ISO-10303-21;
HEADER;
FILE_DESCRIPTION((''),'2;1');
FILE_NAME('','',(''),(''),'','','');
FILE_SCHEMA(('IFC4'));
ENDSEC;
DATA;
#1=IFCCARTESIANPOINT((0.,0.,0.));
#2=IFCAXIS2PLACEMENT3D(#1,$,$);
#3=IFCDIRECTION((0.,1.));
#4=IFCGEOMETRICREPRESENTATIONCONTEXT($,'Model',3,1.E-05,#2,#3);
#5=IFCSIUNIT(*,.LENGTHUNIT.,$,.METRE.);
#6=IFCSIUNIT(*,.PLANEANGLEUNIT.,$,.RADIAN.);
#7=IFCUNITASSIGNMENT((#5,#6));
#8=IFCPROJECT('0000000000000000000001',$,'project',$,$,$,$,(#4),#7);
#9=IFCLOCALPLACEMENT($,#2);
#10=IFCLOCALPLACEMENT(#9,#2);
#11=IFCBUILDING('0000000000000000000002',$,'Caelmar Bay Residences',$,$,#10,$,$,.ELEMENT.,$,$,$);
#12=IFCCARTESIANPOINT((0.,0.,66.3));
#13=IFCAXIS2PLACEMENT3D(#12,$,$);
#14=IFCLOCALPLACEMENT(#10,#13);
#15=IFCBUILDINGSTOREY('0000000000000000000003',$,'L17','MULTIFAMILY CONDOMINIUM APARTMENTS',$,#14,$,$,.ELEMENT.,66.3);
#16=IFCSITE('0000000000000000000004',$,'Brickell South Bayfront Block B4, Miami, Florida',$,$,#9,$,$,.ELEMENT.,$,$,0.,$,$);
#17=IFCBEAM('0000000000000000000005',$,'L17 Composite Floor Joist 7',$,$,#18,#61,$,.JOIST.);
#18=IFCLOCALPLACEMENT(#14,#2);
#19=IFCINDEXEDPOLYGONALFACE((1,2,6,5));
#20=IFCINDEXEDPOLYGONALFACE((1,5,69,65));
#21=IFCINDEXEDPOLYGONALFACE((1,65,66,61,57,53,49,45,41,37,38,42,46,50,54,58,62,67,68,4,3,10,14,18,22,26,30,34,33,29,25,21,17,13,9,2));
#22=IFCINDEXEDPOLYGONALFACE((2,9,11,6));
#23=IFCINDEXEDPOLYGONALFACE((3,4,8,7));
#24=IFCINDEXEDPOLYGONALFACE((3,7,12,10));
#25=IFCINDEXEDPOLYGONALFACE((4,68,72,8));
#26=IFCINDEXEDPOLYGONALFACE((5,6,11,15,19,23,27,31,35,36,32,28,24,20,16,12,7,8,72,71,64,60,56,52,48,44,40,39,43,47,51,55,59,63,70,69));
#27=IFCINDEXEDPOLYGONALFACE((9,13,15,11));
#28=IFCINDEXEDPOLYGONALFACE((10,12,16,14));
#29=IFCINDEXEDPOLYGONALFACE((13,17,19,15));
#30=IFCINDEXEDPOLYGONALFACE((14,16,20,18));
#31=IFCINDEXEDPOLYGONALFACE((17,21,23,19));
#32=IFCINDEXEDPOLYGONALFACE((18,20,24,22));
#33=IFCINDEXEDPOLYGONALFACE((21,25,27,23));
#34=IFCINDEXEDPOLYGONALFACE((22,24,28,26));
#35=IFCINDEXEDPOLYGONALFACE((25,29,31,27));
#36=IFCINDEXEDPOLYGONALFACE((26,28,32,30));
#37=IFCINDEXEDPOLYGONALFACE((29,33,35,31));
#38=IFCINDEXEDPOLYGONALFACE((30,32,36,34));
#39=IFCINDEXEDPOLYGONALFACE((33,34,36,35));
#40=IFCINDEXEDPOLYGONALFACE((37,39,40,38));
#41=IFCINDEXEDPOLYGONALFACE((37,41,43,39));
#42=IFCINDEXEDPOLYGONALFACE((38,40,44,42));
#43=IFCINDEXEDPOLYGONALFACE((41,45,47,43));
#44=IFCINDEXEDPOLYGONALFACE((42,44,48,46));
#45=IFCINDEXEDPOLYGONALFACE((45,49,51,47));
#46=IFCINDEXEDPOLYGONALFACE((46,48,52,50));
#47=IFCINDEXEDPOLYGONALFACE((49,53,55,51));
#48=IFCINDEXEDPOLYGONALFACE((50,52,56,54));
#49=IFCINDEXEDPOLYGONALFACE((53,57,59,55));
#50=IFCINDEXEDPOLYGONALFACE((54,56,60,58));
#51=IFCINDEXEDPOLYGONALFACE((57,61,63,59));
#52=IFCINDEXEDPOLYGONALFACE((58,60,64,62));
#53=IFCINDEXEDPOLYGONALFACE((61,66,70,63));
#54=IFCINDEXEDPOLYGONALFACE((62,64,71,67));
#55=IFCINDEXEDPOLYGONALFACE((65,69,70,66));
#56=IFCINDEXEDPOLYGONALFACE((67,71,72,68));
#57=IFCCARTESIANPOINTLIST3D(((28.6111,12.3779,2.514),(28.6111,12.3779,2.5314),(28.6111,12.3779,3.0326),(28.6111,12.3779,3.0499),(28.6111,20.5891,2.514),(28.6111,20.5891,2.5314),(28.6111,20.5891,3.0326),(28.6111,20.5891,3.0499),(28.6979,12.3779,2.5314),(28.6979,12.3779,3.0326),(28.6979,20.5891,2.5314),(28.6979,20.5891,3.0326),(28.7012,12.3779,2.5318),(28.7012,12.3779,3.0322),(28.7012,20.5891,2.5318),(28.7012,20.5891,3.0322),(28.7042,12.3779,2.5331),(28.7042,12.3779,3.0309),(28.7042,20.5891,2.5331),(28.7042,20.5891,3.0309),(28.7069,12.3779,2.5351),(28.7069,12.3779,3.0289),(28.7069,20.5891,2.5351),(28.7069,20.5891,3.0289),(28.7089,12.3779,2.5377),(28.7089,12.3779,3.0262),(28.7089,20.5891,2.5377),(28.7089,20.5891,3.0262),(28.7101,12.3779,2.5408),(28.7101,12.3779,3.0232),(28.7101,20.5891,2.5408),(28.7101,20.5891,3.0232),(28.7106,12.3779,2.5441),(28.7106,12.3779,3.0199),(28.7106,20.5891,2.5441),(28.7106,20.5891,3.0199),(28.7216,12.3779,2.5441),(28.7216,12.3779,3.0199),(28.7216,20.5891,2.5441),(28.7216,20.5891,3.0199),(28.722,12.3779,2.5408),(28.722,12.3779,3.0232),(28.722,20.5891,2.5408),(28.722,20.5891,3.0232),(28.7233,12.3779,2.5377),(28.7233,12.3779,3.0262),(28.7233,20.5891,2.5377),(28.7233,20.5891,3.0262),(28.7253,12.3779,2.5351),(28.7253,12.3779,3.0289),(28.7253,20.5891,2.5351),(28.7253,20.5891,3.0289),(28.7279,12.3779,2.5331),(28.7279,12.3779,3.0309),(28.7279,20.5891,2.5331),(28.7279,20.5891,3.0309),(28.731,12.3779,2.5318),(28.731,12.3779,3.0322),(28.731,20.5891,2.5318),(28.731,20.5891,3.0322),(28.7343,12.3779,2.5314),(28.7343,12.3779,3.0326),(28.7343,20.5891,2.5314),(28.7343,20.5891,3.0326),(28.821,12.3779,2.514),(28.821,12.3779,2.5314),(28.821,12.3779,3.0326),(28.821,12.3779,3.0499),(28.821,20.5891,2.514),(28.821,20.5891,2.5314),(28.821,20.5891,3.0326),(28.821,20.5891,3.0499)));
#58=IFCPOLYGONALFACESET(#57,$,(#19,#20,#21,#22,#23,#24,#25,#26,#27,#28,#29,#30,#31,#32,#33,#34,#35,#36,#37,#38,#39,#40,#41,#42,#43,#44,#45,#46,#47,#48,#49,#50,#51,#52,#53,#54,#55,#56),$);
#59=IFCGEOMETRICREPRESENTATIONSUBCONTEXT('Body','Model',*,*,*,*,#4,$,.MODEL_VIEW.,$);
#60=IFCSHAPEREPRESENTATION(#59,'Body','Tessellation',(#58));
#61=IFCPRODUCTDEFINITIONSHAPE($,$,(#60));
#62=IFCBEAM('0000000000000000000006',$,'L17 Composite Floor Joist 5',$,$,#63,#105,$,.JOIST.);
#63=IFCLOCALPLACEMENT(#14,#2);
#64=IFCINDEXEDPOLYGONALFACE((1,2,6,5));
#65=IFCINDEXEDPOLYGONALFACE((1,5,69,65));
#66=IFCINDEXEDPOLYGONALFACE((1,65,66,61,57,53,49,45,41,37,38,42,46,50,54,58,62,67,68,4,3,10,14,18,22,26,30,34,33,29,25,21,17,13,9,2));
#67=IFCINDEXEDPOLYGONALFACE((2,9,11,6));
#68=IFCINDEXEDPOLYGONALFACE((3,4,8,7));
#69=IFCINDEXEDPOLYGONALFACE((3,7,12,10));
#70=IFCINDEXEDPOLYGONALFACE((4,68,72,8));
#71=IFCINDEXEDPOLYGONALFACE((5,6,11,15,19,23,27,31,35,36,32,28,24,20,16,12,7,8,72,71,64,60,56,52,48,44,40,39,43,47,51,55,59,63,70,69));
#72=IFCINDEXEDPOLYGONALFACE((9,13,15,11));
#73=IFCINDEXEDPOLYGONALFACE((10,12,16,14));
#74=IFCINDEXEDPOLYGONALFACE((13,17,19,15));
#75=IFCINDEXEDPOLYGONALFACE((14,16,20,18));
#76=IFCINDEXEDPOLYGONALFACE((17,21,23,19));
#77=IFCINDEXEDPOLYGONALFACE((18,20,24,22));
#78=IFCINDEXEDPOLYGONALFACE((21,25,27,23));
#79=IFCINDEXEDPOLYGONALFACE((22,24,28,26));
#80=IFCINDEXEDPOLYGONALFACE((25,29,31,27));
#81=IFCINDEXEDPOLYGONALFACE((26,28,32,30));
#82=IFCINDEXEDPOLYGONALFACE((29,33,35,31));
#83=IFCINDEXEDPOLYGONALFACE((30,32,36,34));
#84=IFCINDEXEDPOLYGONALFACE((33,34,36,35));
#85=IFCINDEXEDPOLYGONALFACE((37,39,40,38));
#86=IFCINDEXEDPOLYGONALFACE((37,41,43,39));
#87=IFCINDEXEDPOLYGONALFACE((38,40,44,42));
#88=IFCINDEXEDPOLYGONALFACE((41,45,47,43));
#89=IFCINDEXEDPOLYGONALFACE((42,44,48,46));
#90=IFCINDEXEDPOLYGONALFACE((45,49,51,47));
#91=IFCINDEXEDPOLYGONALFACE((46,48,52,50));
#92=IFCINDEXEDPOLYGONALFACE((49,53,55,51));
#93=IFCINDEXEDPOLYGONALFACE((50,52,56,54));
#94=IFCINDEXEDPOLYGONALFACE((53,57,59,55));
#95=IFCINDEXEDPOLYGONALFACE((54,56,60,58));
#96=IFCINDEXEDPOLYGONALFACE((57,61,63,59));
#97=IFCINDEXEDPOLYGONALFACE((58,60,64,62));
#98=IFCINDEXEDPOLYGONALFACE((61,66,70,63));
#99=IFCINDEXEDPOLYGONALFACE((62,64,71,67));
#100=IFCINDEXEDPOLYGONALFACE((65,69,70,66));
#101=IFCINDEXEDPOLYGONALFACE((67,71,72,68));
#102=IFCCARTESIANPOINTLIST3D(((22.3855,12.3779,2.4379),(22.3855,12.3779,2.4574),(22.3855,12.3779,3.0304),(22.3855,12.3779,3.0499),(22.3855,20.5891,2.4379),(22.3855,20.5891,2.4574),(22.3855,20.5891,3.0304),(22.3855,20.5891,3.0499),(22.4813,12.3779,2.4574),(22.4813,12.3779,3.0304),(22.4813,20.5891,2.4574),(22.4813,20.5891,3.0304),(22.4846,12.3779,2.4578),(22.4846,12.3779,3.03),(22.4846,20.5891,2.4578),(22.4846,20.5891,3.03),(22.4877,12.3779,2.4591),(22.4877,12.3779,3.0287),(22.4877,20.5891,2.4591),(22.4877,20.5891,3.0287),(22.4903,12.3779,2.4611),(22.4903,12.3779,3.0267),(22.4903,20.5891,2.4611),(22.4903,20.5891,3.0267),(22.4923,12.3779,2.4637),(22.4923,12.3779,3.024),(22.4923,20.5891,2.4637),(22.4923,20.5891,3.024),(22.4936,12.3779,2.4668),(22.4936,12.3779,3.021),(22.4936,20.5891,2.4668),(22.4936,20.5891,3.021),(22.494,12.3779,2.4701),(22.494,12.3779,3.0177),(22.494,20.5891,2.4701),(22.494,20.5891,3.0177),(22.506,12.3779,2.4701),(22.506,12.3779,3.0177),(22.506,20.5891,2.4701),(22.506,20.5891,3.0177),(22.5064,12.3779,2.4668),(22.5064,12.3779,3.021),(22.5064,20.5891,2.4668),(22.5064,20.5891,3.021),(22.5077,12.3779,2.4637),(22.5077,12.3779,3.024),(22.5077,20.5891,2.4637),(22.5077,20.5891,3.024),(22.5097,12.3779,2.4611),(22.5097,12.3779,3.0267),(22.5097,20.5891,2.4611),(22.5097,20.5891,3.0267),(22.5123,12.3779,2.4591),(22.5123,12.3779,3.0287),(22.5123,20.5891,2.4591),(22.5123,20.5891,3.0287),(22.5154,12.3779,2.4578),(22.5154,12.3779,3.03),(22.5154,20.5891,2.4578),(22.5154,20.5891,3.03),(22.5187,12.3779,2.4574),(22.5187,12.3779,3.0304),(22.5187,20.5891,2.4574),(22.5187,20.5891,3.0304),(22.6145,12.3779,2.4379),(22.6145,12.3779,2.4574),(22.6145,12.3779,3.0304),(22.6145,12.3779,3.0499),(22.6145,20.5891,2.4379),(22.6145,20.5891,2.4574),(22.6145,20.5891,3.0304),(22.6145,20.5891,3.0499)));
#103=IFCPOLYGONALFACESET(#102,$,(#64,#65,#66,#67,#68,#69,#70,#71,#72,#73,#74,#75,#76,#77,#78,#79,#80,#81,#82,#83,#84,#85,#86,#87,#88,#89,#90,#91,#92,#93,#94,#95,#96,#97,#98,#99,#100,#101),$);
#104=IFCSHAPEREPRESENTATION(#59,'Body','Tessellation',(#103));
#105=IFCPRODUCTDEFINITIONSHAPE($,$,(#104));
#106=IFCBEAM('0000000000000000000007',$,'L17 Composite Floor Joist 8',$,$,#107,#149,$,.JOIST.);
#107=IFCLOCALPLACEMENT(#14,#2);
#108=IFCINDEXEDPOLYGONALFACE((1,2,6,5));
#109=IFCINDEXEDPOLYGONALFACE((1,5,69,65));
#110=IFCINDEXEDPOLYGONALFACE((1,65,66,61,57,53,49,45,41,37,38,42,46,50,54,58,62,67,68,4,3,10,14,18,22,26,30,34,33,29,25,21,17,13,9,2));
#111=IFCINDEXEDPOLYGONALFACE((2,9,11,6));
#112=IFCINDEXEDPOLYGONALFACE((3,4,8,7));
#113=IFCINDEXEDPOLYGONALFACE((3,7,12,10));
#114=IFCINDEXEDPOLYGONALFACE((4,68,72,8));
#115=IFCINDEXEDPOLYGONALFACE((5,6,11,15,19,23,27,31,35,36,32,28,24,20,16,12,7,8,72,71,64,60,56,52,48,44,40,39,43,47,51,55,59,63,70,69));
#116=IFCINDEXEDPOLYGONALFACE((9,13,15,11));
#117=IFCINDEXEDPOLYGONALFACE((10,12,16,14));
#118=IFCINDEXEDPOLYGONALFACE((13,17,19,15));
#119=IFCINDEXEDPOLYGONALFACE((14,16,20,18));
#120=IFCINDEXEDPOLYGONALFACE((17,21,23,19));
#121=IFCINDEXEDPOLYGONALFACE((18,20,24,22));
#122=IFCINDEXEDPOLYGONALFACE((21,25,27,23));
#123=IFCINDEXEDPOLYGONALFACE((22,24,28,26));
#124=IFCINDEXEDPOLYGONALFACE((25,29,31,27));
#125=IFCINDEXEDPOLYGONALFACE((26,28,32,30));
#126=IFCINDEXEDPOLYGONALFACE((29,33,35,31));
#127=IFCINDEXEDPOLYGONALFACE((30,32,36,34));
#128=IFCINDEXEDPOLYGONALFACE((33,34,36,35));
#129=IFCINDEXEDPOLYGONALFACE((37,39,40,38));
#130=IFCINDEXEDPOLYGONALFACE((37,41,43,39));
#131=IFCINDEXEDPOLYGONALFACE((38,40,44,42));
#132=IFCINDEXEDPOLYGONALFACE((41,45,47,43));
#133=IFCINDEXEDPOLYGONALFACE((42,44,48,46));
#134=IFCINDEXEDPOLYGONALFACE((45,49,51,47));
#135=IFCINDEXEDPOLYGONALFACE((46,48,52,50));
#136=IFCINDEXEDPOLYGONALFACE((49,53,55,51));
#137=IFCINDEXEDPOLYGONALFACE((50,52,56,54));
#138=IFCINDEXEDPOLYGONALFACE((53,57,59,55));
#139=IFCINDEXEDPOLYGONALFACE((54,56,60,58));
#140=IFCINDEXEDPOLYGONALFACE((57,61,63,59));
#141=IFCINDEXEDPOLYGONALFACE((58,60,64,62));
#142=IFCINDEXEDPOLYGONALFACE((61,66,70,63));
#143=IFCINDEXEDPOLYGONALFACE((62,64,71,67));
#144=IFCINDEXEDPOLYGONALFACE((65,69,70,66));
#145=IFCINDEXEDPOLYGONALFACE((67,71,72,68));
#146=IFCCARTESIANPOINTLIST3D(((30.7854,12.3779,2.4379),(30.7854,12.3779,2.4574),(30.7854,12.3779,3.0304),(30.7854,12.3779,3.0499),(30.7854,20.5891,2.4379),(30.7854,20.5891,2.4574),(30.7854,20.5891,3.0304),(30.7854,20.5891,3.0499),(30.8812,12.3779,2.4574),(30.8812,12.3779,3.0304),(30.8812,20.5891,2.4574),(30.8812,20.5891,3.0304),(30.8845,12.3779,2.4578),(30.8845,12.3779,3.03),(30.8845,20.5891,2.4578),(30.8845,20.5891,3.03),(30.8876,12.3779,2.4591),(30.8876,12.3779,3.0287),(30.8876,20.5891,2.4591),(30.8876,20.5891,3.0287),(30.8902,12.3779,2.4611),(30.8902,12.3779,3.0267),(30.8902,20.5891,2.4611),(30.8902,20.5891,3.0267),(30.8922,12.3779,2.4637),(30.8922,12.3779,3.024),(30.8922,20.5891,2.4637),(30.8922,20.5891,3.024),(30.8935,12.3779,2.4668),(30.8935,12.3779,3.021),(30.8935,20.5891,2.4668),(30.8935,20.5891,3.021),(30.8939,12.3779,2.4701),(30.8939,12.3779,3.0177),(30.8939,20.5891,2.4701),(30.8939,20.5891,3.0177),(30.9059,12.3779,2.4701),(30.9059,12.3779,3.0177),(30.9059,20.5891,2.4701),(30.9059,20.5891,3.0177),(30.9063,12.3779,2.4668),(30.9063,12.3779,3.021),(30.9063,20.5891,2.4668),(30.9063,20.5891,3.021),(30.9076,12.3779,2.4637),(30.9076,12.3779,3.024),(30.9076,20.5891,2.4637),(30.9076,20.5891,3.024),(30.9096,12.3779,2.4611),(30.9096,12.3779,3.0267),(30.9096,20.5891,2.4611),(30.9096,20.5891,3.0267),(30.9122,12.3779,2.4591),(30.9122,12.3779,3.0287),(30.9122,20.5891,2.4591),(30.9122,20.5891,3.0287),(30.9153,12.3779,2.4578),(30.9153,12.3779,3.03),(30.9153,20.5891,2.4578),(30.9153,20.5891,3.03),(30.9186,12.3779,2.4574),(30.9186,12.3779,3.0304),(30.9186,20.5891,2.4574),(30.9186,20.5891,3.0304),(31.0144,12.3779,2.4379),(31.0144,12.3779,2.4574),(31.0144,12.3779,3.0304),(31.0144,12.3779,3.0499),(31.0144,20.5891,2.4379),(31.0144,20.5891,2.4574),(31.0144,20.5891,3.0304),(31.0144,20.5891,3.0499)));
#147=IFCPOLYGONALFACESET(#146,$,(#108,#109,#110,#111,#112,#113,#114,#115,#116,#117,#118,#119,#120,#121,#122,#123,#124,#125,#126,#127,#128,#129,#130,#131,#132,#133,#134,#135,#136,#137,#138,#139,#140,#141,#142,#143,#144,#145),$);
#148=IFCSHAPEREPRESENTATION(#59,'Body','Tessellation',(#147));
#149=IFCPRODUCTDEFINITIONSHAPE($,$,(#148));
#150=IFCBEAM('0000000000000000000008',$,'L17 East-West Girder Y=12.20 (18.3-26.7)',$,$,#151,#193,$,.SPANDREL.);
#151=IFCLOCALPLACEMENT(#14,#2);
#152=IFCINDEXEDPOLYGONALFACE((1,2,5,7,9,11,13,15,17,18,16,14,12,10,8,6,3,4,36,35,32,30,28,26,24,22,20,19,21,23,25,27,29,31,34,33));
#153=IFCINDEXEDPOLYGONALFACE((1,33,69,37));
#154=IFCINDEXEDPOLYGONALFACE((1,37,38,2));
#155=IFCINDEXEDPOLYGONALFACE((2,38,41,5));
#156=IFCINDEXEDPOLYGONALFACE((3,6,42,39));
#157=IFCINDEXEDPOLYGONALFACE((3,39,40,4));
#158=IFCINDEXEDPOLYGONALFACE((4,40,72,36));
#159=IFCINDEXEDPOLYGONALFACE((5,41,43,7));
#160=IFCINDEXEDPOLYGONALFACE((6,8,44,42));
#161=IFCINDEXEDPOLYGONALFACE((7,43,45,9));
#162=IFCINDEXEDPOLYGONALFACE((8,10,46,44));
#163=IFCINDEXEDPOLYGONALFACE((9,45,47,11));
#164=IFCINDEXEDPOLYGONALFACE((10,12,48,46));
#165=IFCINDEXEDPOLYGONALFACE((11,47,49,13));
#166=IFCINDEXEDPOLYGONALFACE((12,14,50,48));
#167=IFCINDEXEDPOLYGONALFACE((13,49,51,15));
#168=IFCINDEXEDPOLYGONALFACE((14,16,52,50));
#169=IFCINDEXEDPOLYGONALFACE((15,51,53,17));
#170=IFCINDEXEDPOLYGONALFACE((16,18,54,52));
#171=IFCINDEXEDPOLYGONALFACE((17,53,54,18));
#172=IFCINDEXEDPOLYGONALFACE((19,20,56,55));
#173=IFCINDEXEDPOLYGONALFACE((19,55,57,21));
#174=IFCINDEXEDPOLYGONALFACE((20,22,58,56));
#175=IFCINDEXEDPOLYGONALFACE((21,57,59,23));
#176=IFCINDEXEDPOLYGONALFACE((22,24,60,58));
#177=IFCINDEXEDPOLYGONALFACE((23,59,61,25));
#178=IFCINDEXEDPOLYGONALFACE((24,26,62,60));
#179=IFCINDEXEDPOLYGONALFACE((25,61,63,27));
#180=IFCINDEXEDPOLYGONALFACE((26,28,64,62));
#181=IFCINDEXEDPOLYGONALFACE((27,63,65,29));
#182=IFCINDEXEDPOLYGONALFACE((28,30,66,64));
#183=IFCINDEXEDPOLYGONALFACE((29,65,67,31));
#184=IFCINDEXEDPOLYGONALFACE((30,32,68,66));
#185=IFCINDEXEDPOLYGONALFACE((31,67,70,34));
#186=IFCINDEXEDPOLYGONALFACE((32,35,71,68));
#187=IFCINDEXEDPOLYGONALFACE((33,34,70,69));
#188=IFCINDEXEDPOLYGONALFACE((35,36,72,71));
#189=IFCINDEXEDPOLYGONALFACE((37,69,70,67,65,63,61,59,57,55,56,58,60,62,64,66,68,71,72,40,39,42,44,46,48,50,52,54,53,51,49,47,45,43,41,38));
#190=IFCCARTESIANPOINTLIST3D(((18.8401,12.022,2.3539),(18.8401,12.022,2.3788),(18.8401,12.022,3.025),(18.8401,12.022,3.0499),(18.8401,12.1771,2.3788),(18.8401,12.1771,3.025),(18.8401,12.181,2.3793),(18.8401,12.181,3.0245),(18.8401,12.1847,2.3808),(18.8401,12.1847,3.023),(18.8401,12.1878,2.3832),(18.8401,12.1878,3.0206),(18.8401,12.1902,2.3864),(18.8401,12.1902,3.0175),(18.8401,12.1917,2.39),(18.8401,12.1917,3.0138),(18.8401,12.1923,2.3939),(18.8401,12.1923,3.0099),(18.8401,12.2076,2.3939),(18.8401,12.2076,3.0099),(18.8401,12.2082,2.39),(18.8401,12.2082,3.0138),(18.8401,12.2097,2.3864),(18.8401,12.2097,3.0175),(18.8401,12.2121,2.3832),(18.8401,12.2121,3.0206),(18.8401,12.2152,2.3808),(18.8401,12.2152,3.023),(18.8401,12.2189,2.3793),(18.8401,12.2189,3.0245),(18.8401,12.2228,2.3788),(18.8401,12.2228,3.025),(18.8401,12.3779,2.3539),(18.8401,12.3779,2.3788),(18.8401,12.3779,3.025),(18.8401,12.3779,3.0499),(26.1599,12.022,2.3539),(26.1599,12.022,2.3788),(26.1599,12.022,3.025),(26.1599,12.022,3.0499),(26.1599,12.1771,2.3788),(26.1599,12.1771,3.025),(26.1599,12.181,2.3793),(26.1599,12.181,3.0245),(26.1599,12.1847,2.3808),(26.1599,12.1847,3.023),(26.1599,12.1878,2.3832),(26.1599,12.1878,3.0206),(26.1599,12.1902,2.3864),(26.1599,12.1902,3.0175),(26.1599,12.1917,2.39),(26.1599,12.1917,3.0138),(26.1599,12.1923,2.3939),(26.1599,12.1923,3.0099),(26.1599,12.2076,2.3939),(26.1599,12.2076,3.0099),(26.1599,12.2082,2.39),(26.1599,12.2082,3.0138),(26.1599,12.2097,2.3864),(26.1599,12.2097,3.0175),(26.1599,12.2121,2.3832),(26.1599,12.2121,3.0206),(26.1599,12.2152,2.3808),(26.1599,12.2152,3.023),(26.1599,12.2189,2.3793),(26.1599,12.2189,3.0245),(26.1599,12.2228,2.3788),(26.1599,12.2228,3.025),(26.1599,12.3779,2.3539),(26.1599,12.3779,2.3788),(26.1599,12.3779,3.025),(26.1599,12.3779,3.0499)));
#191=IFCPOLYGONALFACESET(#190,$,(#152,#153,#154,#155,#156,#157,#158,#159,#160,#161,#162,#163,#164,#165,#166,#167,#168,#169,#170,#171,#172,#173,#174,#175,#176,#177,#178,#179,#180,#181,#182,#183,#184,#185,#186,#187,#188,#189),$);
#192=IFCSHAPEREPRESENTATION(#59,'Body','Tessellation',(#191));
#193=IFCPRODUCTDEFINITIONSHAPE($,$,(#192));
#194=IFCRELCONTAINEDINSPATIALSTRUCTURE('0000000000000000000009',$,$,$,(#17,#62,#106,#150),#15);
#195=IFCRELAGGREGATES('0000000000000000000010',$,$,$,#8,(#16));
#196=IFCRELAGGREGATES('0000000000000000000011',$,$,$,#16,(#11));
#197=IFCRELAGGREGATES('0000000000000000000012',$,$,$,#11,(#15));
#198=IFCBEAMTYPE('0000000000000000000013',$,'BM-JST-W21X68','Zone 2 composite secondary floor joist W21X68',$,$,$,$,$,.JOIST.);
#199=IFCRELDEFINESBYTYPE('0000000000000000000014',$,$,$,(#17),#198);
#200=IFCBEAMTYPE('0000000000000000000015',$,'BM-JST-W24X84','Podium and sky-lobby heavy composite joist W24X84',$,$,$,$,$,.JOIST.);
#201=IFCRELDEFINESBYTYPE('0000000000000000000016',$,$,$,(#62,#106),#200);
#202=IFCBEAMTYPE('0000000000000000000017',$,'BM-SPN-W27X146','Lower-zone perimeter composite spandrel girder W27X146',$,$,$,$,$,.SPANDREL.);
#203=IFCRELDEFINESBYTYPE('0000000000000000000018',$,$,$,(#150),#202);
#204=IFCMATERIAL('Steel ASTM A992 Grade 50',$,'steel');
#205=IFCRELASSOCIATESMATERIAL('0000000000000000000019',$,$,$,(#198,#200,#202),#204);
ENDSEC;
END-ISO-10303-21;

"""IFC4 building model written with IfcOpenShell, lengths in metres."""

from ifc_helpers import new_model, si_unit, direction, frame, origin, origin_2d, place, context, subcontext, project, spatial, i_section, extrude, material, material_profile, profile_set, type_object, element, save


model = new_model("IFC4")

# Units and contexts
model_context = context("Model", 3, precision=1e-05, world=origin(), true_north=direction((0.0, 1.0)))
body_context = subcontext(model_context, "Body", "Model", "MODEL_VIEW")
ifc_project = project(units=[si_unit("LENGTHUNIT", "METRE"), si_unit("PLANEANGLEUNIT", "RADIAN")], contexts=[model_context])

# Site, building, storey
site_placement = place(None, origin())
site = spatial("IfcSite", under=ifc_project, at=site_placement, Name="Brickell South Bayfront Block B4, Miami, Florida", CompositionType="ELEMENT", RefElevation=0.0)
building_placement = place(site_placement, origin())
building = spatial("IfcBuilding", under=site, at=building_placement, Name="Caelmar Bay Residences", CompositionType="ELEMENT")
storey_placement = place(building_placement, frame((0.0, 0.0, 66.3)))
storey = spatial("IfcBuildingStorey", under=building, at=storey_placement, Name="L17", Description="MULTIFAMILY CONDOMINIUM APARTMENTS", CompositionType="ELEMENT", Elevation=66.3)

# Beams
ifc_material_1 = material(Name="Steel ASTM A992 Grade 50", Category="steel")
ifc_material_profile_1 = material_profile(ifc_material_1, i_section(OverallWidth=0.21, OverallDepth=0.5359, WebThickness=0.011, FlangeThickness=0.0173, FilletRadius=0.0127, at=origin_2d()), Name="W21X68")
ifc_profile_set_1 = profile_set([ifc_material_profile_1], Name="Steel ASTM A992 Grade 50")
beam_type_1 = type_object("IfcBeamType", Name="BM-JST-W21X68", Description="Zone 2 composite secondary floor joist W21X68", PredefinedType="JOIST", material=ifc_profile_set_1)
for number, where, z_axis, x_axis, name in (
    (1, (28.7161, 12.3779, 2.782), (0.0, 1.0, 0.0), (-1.0, 0.0, 0.0), "L17 Composite Floor Joist 7"),
):
    element("IfcBeam", number, at=place(storey_placement, frame(where, z_axis=z_axis, x_axis=x_axis)), inside=storey, type_object=beam_type_1, Name=name, PredefinedType="JOIST", context=body_context, shape_type="SweptSolid", body=[
        extrude(i_section(OverallWidth=0.21, OverallDepth=0.5359, WebThickness=0.011, FlangeThickness=0.0173, FilletRadius=0.0127, at=origin_2d()), origin(), (0.0, 0.0, 1.0), 8.2112),
    ])
ifc_material_profile_2 = material_profile(ifc_material_1, i_section(OverallWidth=0.229, OverallDepth=0.6121, WebThickness=0.012, FlangeThickness=0.0195, FilletRadius=0.0127, at=origin_2d()), Name="W24X84")
ifc_profile_set_2 = profile_set([ifc_material_profile_2], Name="Steel ASTM A992 Grade 50")
beam_type_2 = type_object("IfcBeamType", Name="BM-JST-W24X84", Description="Podium and sky-lobby heavy composite joist W24X84", PredefinedType="JOIST", material=ifc_profile_set_2)
for number, where, z_axis, x_axis, name in (
    (2, (22.5, 12.3779, 2.7439), (0.0, 1.0, 0.0), (-1.0, 0.0, 0.0), "L17 Composite Floor Joist 5"),
    (3, (30.8999, 12.3779, 2.7439), (0.0, 1.0, 0.0), (-1.0, 0.0, 0.0), "L17 Composite Floor Joist 8"),
):
    element("IfcBeam", number, at=place(storey_placement, frame(where, z_axis=z_axis, x_axis=x_axis)), inside=storey, type_object=beam_type_2, Name=name, PredefinedType="JOIST", context=body_context, shape_type="SweptSolid", body=[
        extrude(i_section(OverallWidth=0.229, OverallDepth=0.6121, WebThickness=0.012, FlangeThickness=0.0195, FilletRadius=0.0127, at=origin_2d()), origin(), (0.0, 0.0, 1.0), 8.2112),
    ])
ifc_material_profile_3 = material_profile(ifc_material_1, i_section(OverallWidth=0.356, OverallDepth=0.696, WebThickness=0.0154, FlangeThickness=0.0249, FilletRadius=0.0151, at=origin_2d()), Name="W27X146")
ifc_profile_set_3 = profile_set([ifc_material_profile_3], Name="Steel ASTM A992 Grade 50")
beam_type_3 = type_object("IfcBeamType", Name="BM-SPN-W27X146", Description="Lower-zone perimeter composite spandrel girder W27X146", PredefinedType="SPANDREL", material=ifc_profile_set_3)
beam_1_placement = place(storey_placement, frame((18.8401, 12.2, 2.7019), z_axis=(1.0, 0.0, 0.0), x_axis=(0.0, 1.0, 0.0)))
element("IfcBeam", 4, at=beam_1_placement, inside=storey, type_object=beam_type_3, Name="L17 East-West Girder Y=12.20 (18.3-26.7)", PredefinedType="SPANDREL", context=body_context, shape_type="SweptSolid", body=[
    extrude(i_section(OverallWidth=0.356, OverallDepth=0.696, WebThickness=0.0154, FlangeThickness=0.0249, FilletRadius=0.0151, at=origin_2d()), origin(), (0.0, 0.0, 1.0), 7.3198),
])

save(model, "model.ifc")
